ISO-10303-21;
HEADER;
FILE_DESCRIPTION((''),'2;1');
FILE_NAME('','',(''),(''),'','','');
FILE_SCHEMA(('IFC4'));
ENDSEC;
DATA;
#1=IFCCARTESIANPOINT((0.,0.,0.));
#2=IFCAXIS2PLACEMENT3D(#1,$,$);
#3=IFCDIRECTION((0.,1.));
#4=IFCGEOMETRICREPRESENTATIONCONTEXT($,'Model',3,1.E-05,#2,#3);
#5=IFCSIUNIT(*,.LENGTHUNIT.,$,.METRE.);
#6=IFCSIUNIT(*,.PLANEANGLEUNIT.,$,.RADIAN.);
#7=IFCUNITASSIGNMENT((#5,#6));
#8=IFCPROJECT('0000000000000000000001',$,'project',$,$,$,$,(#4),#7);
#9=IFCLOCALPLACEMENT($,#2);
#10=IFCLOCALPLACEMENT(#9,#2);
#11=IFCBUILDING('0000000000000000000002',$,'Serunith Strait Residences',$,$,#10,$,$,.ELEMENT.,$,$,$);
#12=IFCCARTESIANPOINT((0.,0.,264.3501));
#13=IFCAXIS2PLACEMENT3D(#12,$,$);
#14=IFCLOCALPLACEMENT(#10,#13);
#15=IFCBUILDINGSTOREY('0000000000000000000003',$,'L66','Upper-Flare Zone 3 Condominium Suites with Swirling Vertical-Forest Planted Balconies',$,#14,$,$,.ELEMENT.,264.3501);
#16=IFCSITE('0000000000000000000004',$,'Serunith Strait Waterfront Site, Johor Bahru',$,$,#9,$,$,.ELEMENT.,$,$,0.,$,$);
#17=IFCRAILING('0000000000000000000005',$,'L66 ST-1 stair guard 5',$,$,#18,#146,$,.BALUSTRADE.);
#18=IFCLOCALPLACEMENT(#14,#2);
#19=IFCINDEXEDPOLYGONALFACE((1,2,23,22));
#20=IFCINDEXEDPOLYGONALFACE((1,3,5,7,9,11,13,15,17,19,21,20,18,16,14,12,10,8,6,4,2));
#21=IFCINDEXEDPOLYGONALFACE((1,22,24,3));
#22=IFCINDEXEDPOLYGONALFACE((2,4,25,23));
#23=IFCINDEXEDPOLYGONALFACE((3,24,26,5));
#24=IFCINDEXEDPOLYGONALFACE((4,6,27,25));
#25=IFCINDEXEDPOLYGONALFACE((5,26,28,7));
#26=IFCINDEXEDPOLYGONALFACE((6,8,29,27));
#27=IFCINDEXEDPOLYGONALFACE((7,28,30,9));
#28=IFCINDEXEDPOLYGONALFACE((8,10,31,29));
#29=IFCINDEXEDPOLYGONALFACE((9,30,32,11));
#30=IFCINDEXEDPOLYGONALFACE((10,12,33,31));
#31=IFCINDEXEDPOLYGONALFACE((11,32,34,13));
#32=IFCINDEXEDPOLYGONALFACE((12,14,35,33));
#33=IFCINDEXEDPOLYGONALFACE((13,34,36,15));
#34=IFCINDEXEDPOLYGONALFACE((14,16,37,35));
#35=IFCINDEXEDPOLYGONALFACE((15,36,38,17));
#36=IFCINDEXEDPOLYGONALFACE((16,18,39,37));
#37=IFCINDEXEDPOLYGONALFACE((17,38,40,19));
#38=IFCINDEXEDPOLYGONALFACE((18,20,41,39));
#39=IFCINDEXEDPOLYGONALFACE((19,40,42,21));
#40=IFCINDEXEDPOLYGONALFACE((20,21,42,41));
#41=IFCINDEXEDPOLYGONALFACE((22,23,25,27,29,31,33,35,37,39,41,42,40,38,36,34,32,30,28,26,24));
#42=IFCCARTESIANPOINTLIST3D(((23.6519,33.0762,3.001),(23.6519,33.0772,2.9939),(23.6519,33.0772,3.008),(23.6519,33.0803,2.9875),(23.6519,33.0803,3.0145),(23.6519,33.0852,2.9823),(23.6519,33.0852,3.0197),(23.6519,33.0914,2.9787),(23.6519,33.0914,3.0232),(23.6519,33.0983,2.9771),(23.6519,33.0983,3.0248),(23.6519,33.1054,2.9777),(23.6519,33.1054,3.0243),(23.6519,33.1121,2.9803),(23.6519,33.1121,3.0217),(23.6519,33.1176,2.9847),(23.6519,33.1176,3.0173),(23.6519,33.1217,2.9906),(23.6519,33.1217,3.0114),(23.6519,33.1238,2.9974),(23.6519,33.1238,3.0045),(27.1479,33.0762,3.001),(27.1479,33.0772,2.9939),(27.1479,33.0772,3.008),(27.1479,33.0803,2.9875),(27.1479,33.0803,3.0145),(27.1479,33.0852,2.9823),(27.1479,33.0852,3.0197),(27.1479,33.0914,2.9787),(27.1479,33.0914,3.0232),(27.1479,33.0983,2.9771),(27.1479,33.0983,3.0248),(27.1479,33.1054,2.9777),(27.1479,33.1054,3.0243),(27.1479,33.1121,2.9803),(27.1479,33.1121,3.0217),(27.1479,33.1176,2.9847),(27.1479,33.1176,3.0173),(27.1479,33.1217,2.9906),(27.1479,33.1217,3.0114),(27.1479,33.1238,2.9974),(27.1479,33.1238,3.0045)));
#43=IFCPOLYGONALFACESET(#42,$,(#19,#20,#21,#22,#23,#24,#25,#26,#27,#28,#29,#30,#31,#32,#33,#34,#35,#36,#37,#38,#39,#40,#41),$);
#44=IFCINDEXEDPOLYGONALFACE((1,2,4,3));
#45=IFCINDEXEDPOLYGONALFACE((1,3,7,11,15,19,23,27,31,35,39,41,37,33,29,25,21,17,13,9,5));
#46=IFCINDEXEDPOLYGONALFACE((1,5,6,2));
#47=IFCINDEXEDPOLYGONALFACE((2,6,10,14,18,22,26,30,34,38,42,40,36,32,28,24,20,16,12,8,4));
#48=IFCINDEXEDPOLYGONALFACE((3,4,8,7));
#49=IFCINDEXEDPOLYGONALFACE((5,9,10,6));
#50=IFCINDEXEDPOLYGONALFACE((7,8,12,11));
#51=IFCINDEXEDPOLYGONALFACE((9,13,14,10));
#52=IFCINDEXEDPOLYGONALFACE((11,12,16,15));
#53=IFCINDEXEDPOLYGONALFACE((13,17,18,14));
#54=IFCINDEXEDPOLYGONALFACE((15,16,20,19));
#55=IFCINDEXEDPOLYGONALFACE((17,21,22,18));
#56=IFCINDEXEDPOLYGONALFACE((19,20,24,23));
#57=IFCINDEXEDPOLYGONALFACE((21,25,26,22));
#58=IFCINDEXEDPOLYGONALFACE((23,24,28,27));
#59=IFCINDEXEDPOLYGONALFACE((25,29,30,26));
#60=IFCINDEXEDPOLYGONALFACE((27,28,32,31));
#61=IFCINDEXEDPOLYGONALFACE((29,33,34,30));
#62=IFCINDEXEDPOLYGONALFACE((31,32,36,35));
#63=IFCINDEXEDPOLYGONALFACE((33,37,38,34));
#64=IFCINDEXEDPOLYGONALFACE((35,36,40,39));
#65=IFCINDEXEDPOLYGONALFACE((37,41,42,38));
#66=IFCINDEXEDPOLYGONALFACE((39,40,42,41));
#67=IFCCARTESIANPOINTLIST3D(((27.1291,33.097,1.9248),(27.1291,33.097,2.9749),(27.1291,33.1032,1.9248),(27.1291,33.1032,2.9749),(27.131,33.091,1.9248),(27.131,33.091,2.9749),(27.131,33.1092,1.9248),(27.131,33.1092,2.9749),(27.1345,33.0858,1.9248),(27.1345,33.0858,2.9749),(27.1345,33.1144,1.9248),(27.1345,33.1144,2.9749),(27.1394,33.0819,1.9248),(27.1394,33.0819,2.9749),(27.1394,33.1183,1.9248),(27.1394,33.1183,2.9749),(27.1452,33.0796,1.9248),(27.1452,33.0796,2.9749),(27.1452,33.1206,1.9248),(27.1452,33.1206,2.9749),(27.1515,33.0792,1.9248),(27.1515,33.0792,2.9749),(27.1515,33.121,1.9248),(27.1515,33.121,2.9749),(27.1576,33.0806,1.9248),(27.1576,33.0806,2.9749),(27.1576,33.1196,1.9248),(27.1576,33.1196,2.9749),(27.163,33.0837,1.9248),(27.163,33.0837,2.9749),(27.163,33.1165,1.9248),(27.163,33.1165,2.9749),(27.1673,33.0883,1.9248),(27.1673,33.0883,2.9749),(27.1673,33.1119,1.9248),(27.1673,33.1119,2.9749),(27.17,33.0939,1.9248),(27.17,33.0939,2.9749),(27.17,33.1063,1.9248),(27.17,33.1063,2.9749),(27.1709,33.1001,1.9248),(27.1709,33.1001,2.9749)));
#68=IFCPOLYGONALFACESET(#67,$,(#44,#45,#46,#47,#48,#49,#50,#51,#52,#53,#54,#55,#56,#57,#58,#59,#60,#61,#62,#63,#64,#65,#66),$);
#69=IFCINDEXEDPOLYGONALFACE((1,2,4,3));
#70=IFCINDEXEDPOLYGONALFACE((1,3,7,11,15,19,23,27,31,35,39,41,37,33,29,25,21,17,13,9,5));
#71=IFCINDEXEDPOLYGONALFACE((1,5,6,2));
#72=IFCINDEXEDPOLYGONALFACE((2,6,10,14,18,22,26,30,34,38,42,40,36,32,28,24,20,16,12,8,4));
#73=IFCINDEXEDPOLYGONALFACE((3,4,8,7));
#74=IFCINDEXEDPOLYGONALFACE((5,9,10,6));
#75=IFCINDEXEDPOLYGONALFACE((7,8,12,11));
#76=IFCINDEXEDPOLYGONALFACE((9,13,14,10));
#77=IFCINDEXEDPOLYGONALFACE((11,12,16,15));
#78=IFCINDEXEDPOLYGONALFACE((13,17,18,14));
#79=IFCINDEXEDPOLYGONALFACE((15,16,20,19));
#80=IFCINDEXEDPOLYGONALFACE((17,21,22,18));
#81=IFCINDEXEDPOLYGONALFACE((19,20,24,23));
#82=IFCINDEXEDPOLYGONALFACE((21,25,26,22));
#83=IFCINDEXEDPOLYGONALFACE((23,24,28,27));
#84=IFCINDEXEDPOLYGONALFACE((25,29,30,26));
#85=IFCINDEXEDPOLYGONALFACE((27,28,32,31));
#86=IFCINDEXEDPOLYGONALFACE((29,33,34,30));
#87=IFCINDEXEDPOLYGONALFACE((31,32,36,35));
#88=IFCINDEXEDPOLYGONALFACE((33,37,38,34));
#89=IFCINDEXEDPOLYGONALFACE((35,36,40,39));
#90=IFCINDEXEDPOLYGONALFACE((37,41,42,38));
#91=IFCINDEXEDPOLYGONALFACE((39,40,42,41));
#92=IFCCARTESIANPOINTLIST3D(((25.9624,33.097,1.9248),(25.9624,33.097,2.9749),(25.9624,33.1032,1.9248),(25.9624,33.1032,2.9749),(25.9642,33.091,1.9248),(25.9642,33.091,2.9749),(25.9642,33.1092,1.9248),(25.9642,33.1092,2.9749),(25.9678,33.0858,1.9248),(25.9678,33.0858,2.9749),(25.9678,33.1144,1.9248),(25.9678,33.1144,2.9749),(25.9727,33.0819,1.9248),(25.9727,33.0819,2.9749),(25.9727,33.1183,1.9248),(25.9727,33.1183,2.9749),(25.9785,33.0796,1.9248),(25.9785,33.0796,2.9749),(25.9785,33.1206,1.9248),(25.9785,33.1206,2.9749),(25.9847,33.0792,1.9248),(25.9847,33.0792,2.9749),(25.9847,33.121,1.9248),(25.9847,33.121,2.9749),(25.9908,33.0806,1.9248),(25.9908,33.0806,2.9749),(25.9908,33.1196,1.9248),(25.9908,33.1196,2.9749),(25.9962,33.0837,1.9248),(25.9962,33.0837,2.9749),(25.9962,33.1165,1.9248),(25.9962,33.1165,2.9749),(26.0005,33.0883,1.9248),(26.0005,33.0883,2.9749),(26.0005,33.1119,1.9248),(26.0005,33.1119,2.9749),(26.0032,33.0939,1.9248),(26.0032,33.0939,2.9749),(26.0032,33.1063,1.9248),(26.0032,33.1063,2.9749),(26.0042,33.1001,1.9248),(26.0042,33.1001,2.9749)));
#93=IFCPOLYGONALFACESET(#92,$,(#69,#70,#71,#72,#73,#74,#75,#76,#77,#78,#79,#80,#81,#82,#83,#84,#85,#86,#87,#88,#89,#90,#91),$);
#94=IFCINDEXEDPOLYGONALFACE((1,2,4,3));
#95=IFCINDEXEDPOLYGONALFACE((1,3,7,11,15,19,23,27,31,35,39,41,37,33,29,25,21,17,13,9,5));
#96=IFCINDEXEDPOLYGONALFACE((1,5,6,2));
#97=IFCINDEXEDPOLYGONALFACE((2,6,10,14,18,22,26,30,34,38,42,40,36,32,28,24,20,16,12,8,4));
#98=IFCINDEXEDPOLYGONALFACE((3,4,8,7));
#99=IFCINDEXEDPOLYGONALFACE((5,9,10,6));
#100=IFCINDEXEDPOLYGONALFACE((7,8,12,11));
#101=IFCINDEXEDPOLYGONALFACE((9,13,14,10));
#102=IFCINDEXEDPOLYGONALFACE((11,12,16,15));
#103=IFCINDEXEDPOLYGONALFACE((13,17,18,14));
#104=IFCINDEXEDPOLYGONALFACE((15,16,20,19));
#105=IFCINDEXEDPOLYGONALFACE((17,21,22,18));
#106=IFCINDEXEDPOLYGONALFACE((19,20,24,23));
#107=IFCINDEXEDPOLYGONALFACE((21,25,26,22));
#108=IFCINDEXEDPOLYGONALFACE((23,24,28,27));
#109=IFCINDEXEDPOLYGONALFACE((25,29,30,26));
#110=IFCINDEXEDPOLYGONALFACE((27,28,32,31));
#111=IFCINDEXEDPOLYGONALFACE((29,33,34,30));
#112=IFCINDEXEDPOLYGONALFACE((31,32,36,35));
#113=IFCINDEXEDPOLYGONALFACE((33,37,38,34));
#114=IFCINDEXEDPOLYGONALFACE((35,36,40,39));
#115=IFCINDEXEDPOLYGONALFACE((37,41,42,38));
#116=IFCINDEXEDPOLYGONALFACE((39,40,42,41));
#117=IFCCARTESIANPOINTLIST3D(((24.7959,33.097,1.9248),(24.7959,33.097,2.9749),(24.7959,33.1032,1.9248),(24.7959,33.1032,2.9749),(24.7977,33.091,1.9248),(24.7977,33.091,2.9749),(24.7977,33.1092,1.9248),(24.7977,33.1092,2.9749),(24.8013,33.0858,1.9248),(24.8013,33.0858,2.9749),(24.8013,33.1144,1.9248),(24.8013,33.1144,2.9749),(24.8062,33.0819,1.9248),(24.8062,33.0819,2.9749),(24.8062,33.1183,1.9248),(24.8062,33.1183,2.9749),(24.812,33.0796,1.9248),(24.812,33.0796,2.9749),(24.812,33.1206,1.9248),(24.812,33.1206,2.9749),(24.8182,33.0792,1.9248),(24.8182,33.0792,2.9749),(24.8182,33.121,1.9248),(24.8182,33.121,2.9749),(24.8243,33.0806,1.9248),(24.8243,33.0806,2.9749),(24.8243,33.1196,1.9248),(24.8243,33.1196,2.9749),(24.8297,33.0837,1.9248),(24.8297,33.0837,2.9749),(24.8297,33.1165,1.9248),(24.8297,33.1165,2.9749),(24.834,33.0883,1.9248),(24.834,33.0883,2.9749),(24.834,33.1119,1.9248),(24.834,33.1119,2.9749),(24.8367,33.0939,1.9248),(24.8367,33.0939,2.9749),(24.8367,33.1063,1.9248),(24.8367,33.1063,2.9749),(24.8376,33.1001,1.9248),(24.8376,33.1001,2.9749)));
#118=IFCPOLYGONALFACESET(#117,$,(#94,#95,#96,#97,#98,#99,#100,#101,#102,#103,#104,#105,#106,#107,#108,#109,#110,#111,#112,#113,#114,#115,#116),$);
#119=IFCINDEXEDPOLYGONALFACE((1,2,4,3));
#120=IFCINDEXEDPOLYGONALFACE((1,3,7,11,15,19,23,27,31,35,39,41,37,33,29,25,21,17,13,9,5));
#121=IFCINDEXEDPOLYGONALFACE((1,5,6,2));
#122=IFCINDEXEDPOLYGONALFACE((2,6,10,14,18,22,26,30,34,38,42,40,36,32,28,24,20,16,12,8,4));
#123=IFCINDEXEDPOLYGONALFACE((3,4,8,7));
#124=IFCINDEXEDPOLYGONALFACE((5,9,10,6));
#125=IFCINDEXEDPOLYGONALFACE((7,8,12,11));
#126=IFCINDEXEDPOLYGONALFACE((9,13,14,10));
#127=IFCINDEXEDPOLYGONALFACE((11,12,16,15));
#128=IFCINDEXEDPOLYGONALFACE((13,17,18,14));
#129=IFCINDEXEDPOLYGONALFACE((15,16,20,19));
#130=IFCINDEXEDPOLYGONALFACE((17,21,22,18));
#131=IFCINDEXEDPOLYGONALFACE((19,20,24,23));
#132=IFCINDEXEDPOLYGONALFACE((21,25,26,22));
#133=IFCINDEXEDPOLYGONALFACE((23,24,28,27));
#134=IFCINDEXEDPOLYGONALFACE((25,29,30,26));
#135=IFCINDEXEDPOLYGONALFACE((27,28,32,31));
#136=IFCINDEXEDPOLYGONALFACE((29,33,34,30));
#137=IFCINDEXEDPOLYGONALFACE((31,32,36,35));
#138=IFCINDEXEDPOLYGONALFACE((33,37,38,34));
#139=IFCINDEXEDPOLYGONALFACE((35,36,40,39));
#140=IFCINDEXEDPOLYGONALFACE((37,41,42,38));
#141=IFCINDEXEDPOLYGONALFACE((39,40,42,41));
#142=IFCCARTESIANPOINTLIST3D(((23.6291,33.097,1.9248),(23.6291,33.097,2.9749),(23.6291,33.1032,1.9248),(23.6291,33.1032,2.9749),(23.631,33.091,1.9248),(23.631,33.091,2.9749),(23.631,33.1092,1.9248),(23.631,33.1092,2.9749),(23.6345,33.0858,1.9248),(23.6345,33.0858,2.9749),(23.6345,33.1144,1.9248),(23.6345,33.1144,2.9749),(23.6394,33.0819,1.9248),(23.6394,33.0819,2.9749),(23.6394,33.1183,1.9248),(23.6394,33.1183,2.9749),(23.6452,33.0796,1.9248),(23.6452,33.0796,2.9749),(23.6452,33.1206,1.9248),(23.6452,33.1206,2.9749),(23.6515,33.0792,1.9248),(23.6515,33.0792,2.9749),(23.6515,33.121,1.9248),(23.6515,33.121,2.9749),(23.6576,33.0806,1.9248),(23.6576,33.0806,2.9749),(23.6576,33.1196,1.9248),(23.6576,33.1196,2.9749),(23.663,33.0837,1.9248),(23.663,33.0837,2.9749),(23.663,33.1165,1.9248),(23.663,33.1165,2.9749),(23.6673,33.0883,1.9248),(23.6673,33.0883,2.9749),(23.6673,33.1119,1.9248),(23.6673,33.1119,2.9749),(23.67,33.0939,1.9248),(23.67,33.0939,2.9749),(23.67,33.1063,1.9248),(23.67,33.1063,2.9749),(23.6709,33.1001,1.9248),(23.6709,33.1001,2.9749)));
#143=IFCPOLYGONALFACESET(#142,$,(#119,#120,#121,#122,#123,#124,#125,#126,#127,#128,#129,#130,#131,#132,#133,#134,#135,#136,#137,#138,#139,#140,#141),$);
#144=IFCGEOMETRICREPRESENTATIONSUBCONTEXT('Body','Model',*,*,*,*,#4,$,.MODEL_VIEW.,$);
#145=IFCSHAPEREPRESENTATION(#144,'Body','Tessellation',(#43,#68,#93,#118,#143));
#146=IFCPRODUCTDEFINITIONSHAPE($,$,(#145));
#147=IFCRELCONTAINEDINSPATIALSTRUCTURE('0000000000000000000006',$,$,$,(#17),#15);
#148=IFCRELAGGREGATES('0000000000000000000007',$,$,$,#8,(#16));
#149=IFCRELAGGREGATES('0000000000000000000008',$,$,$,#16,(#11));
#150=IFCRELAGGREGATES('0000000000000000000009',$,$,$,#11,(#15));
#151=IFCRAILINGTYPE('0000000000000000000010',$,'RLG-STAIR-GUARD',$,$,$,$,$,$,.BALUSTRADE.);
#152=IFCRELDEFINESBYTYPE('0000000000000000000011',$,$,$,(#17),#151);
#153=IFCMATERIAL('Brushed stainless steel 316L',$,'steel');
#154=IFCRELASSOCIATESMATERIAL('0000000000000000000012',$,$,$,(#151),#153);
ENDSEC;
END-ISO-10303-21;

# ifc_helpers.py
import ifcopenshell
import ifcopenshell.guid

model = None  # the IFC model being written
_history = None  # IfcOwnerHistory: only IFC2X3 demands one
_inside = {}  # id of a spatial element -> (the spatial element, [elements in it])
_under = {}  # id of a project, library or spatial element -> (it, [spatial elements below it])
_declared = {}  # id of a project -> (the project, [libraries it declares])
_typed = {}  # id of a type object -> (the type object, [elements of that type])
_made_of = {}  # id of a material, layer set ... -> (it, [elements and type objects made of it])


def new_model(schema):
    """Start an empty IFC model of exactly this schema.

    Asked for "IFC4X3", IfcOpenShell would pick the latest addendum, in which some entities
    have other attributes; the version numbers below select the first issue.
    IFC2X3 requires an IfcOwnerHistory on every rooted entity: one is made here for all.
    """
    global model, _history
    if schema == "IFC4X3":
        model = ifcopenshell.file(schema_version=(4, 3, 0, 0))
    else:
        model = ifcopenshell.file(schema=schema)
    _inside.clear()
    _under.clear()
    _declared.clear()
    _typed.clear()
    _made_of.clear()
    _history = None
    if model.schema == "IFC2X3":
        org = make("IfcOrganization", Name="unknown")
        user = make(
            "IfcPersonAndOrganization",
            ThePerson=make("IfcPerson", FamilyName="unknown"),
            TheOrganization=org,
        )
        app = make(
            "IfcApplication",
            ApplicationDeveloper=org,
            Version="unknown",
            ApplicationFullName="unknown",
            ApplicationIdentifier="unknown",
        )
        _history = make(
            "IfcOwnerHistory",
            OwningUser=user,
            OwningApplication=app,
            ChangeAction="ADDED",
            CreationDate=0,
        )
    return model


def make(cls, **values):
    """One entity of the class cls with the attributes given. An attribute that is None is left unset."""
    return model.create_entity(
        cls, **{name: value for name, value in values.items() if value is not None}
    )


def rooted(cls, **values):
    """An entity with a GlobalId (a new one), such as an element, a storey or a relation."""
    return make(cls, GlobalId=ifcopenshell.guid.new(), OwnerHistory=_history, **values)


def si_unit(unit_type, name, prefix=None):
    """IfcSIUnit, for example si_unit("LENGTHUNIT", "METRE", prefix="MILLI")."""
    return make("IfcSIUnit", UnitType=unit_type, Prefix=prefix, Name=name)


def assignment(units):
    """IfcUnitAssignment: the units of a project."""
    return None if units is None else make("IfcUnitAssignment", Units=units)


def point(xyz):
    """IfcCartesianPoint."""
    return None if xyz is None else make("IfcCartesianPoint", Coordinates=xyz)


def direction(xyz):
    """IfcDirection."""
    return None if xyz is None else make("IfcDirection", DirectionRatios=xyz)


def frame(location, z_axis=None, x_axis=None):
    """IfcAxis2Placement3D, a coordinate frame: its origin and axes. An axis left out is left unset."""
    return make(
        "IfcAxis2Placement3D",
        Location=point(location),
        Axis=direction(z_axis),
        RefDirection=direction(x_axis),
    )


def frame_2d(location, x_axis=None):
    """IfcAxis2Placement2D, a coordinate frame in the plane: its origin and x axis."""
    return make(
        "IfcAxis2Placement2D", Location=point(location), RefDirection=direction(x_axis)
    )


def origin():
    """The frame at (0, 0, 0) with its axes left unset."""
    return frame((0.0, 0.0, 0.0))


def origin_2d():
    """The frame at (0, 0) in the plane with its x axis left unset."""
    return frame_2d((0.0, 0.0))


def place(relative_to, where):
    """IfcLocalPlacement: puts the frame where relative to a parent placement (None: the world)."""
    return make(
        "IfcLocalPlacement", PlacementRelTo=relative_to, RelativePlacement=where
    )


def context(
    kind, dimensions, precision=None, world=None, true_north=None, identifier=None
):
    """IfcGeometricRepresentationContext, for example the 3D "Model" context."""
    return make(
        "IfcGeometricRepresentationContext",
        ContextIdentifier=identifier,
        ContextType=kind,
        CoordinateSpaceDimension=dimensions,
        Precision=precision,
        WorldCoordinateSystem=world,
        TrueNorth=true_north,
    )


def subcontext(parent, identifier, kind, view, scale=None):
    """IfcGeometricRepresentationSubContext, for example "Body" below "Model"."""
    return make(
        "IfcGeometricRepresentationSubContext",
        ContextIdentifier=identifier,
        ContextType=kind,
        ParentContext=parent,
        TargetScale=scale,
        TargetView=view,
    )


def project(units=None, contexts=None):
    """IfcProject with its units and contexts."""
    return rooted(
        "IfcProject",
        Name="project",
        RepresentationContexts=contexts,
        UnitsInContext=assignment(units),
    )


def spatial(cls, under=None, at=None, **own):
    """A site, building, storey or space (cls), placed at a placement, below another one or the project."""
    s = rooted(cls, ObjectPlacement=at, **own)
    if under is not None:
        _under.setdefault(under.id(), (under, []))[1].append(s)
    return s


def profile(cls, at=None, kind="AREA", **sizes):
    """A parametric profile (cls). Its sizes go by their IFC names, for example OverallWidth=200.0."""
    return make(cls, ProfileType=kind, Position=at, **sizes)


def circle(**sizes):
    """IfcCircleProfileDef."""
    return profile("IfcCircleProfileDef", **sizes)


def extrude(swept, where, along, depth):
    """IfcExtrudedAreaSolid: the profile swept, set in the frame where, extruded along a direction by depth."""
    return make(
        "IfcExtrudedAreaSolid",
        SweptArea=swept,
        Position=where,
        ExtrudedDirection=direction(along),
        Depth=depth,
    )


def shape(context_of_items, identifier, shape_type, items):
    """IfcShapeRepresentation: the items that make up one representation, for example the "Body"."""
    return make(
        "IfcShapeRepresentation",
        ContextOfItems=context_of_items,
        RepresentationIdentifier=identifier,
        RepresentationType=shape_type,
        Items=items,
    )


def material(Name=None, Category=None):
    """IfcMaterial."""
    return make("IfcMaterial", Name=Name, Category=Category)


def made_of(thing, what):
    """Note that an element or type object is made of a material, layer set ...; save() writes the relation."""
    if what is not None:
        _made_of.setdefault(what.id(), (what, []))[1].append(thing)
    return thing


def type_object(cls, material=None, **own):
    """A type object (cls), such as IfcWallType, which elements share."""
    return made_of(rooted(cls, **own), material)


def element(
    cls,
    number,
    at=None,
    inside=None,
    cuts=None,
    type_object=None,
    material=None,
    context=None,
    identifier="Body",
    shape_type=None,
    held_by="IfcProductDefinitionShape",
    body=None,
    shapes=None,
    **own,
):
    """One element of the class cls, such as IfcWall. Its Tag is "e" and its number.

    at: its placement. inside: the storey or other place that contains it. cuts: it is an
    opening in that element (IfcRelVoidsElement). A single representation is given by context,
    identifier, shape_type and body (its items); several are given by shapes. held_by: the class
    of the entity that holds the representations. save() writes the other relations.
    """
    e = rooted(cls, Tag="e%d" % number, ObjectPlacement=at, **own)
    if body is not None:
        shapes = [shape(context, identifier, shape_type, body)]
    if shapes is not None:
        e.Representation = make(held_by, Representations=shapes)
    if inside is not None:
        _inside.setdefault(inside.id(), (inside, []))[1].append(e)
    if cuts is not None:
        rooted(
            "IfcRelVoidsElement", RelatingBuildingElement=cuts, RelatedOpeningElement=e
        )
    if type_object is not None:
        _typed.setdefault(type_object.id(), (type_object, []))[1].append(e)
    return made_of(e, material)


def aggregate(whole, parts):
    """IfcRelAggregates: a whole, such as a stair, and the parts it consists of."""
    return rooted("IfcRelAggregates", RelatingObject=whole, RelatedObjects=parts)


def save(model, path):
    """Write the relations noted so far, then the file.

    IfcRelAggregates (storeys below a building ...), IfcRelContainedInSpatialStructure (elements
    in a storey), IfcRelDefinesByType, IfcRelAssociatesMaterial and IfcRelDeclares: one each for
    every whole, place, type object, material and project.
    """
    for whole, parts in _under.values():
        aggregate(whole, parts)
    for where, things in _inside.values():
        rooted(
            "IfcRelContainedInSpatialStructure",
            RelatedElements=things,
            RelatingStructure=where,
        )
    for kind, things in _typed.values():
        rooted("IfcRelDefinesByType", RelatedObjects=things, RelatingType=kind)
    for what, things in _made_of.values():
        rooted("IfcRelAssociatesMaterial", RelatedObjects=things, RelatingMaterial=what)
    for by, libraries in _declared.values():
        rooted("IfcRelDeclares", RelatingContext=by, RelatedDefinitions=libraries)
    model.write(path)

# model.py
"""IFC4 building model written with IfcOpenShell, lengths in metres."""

from ifc_helpers import new_model, si_unit, direction, frame, origin, origin_2d, place, context, subcontext, project, spatial, circle, extrude, material, type_object, element, save


model = new_model("IFC4")

# Units and contexts
model_context = context("Model", 3, precision=1e-05, world=origin(), true_north=direction((0.0, 1.0)))
body_context = subcontext(model_context, "Body", "Model", "MODEL_VIEW")
ifc_project = project(units=[si_unit("LENGTHUNIT", "METRE"), si_unit("PLANEANGLEUNIT", "RADIAN")], contexts=[model_context])

# Site, building, storey
site_placement = place(None, origin())
site = spatial("IfcSite", under=ifc_project, at=site_placement, Name="Serunith Strait Waterfront Site, Johor Bahru", CompositionType="ELEMENT", RefElevation=0.0)
building_placement = place(site_placement, origin())
building = spatial("IfcBuilding", under=site, at=building_placement, Name="Serunith Strait Residences", CompositionType="ELEMENT")
storey_placement = place(building_placement, frame((0.0, 0.0, 264.3501)))
storey = spatial("IfcBuildingStorey", under=building, at=storey_placement, Name="L66", Description="Upper-Flare Zone 3 Condominium Suites with Swirling Vertical-Forest Planted Balconies", CompositionType="ELEMENT", Elevation=264.3501)

# Railing
ifc_material_1 = material(Name="Brushed stainless steel 316L", Category="steel")
railing_type_1 = type_object("IfcRailingType", Name="RLG-STAIR-GUARD", PredefinedType="BALUSTRADE", material=ifc_material_1)
railing_1_placement = place(storey_placement, frame((27.1499, 33.1001, 1.9248)))
element("IfcRailing", 1, at=railing_1_placement, inside=storey, type_object=railing_type_1, Name="L66 ST-1 stair guard 5", PredefinedType="BALUSTRADE", context=body_context, shape_type="SweptSolid", body=[
    extrude(circle(Radius=0.0239, at=origin_2d()), frame((-0.002, 0.0, 1.0762), z_axis=(-1.0, 0.0, 0.0), x_axis=(0.0, -1.0, 0.0)), (0.0, 0.0, 1.0), 3.4961),
    extrude(circle(Radius=0.021, at=origin_2d()), origin(), (0.0, 0.0, 1.0), 1.05),
    extrude(circle(Radius=0.021, at=origin_2d()), frame((-1.1667, 0.0, 0.0)), (0.0, 0.0, 1.0), 1.05),
    extrude(circle(Radius=0.021, at=origin_2d()), frame((-2.3333, 0.0, 0.0)), (0.0, 0.0, 1.0), 1.05),
    extrude(circle(Radius=0.021, at=origin_2d()), frame((-3.5, 0.0, 0.0)), (0.0, 0.0, 1.0), 1.05),
])

save(model, "model.ifc")
